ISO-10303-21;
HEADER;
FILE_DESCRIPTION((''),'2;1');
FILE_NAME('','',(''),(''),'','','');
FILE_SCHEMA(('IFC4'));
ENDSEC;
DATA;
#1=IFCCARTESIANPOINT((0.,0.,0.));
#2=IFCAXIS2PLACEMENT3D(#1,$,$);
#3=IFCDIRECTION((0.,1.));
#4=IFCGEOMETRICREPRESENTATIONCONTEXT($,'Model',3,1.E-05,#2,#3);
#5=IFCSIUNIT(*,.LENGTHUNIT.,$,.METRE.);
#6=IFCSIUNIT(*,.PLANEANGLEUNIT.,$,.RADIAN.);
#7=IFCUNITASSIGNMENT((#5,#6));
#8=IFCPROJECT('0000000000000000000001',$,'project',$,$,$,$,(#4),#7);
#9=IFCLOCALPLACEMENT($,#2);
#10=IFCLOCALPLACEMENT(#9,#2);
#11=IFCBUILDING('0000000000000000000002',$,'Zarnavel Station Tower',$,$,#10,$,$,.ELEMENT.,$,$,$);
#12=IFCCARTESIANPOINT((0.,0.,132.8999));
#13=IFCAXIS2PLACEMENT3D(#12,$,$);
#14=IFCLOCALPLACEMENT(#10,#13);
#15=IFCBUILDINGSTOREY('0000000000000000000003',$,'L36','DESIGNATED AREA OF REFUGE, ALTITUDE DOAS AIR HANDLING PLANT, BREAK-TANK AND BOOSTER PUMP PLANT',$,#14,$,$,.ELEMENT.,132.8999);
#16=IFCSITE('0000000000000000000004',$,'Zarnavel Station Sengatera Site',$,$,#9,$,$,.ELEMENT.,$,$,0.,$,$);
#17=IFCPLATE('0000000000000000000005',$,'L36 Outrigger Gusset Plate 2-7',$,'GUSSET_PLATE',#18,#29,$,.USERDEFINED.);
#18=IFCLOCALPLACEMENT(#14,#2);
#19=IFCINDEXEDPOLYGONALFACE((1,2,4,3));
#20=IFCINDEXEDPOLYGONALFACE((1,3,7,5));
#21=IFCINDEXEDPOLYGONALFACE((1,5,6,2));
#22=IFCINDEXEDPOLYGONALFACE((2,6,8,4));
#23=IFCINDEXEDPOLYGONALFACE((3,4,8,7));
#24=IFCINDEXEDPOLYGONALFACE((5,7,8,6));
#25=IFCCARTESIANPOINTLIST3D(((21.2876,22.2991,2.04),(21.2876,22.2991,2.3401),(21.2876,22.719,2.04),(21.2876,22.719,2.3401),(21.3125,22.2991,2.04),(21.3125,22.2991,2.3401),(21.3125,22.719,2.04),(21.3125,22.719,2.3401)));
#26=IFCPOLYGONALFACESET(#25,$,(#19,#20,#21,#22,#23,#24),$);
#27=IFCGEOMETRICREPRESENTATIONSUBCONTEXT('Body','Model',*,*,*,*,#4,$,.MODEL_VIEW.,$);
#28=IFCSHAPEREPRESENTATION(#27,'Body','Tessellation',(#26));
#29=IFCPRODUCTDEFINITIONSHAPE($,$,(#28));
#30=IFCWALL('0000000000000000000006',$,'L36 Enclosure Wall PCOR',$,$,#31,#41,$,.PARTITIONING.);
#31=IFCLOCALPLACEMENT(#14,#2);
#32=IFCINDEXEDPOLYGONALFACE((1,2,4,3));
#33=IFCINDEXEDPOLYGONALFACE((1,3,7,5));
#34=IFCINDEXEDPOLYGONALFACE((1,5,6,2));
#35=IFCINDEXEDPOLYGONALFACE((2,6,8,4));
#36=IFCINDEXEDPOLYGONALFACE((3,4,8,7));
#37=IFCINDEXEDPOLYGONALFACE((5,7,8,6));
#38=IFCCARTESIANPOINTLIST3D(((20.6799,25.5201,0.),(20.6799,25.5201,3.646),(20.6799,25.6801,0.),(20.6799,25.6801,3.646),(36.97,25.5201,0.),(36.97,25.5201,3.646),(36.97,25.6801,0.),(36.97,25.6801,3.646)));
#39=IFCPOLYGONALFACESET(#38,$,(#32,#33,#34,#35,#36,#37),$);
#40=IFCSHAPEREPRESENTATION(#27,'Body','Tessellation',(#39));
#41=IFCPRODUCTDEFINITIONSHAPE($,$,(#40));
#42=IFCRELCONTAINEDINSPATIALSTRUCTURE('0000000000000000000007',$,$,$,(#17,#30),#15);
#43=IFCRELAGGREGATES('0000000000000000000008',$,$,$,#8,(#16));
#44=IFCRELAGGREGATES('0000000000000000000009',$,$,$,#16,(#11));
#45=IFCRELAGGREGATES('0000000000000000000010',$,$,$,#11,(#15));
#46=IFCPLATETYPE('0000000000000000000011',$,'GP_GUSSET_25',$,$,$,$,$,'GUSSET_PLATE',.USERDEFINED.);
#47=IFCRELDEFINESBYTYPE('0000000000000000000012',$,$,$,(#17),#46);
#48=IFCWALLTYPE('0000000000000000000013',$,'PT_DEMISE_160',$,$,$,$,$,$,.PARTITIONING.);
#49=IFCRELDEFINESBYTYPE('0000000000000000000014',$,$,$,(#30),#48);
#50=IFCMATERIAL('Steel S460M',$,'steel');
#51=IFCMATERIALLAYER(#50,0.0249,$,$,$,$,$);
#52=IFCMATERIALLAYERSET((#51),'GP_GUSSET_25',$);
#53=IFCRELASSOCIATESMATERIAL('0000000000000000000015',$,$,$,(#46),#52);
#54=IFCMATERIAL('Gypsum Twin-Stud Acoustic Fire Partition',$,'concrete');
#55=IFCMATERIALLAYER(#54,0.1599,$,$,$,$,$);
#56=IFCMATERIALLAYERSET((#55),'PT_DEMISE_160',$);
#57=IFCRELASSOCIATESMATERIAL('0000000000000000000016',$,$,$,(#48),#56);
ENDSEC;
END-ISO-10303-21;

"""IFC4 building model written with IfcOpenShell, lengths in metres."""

from ifc_helpers import new_model, si_unit, direction, frame, frame_2d, origin, origin_2d, place, context, subcontext, project, spatial, rectangle, extrude, material, layer, layer_set, type_object, element, save


model = new_model("IFC4")

# Units and contexts
model_context = context("Model", 3, precision=1e-05, world=origin(), true_north=direction((0.0, 1.0)))
body_context = subcontext(model_context, "Body", "Model", "MODEL_VIEW")
ifc_project = project(units=[si_unit("LENGTHUNIT", "METRE"), si_unit("PLANEANGLEUNIT", "RADIAN")], contexts=[model_context])

# Site, building, storey
site_placement = place(None, origin())
site = spatial("IfcSite", under=ifc_project, at=site_placement, Name="Zarnavel Station Sengatera Site", CompositionType="ELEMENT", RefElevation=0.0)
building_placement = place(site_placement, origin())
building = spatial("IfcBuilding", under=site, at=building_placement, Name="Zarnavel Station Tower", CompositionType="ELEMENT")
storey_placement = place(building_placement, frame((0.0, 0.0, 132.8999)))
storey = spatial("IfcBuildingStorey", under=building, at=storey_placement, Name="L36", Description="DESIGNATED AREA OF REFUGE, ALTITUDE DOAS AIR HANDLING PLANT, BREAK-TANK AND BOOSTER PUMP PLANT", CompositionType="ELEMENT", Elevation=132.8999)

# Plate
ifc_material_1 = material(Name="Steel S460M", Category="steel")
ifc_layer_1 = layer(ifc_material_1, 0.0249)
ifc_layer_set_1 = layer_set([ifc_layer_1], Name="GP_GUSSET_25")
plate_type_1 = type_object("IfcPlateType", Name="GP_GUSSET_25", ElementType="GUSSET_PLATE", PredefinedType="USERDEFINED", material=ifc_layer_set_1)
for number, where, z_axis, x_axis, name in (
    (1, (21.3, 22.509, 2.04), (0.0, 0.0, 1.0), (1.0, 0.0, 0.0), "L36 Outrigger Gusset Plate 2-7"),
):
    element("IfcPlate", number, at=place(storey_placement, frame(where, z_axis=z_axis, x_axis=x_axis)), inside=storey, type_object=plate_type_1, Name=name, ObjectType="GUSSET_PLATE", PredefinedType="USERDEFINED", context=body_context, shape_type="SweptSolid", body=[
        extrude(rectangle(XDim=0.0249, YDim=0.4199, at=origin_2d()), origin(), (0.0, 0.0, 1.0), 0.3),
    ])

# Wall
ifc_material_2 = material(Name="Gypsum Twin-Stud Acoustic Fire Partition", Category="concrete")
ifc_layer_2 = layer(ifc_material_2, 0.1599)
ifc_layer_set_2 = layer_set([ifc_layer_2], Name="PT_DEMISE_160")
wall_type_1 = type_object("IfcWallType", Name="PT_DEMISE_160", PredefinedType="PARTITIONING", material=ifc_layer_set_2)
wall_1_placement = place(storey_placement, frame((20.6799, 25.6001, 0.0), z_axis=(0.0, 0.0, 1.0), x_axis=(1.0, 0.0, 0.0)))
element("IfcWall", 2, at=wall_1_placement, inside=storey, type_object=wall_type_1, Name="L36 Enclosure Wall PCOR", PredefinedType="PARTITIONING", context=body_context, shape_type="SweptSolid", body=[
    extrude(rectangle(XDim=16.29, YDim=0.1599, at=frame_2d((8.145, 0.0))), origin(), (0.0, 0.0, 1.0), 3.646),
])

save(model, "model.ifc")
